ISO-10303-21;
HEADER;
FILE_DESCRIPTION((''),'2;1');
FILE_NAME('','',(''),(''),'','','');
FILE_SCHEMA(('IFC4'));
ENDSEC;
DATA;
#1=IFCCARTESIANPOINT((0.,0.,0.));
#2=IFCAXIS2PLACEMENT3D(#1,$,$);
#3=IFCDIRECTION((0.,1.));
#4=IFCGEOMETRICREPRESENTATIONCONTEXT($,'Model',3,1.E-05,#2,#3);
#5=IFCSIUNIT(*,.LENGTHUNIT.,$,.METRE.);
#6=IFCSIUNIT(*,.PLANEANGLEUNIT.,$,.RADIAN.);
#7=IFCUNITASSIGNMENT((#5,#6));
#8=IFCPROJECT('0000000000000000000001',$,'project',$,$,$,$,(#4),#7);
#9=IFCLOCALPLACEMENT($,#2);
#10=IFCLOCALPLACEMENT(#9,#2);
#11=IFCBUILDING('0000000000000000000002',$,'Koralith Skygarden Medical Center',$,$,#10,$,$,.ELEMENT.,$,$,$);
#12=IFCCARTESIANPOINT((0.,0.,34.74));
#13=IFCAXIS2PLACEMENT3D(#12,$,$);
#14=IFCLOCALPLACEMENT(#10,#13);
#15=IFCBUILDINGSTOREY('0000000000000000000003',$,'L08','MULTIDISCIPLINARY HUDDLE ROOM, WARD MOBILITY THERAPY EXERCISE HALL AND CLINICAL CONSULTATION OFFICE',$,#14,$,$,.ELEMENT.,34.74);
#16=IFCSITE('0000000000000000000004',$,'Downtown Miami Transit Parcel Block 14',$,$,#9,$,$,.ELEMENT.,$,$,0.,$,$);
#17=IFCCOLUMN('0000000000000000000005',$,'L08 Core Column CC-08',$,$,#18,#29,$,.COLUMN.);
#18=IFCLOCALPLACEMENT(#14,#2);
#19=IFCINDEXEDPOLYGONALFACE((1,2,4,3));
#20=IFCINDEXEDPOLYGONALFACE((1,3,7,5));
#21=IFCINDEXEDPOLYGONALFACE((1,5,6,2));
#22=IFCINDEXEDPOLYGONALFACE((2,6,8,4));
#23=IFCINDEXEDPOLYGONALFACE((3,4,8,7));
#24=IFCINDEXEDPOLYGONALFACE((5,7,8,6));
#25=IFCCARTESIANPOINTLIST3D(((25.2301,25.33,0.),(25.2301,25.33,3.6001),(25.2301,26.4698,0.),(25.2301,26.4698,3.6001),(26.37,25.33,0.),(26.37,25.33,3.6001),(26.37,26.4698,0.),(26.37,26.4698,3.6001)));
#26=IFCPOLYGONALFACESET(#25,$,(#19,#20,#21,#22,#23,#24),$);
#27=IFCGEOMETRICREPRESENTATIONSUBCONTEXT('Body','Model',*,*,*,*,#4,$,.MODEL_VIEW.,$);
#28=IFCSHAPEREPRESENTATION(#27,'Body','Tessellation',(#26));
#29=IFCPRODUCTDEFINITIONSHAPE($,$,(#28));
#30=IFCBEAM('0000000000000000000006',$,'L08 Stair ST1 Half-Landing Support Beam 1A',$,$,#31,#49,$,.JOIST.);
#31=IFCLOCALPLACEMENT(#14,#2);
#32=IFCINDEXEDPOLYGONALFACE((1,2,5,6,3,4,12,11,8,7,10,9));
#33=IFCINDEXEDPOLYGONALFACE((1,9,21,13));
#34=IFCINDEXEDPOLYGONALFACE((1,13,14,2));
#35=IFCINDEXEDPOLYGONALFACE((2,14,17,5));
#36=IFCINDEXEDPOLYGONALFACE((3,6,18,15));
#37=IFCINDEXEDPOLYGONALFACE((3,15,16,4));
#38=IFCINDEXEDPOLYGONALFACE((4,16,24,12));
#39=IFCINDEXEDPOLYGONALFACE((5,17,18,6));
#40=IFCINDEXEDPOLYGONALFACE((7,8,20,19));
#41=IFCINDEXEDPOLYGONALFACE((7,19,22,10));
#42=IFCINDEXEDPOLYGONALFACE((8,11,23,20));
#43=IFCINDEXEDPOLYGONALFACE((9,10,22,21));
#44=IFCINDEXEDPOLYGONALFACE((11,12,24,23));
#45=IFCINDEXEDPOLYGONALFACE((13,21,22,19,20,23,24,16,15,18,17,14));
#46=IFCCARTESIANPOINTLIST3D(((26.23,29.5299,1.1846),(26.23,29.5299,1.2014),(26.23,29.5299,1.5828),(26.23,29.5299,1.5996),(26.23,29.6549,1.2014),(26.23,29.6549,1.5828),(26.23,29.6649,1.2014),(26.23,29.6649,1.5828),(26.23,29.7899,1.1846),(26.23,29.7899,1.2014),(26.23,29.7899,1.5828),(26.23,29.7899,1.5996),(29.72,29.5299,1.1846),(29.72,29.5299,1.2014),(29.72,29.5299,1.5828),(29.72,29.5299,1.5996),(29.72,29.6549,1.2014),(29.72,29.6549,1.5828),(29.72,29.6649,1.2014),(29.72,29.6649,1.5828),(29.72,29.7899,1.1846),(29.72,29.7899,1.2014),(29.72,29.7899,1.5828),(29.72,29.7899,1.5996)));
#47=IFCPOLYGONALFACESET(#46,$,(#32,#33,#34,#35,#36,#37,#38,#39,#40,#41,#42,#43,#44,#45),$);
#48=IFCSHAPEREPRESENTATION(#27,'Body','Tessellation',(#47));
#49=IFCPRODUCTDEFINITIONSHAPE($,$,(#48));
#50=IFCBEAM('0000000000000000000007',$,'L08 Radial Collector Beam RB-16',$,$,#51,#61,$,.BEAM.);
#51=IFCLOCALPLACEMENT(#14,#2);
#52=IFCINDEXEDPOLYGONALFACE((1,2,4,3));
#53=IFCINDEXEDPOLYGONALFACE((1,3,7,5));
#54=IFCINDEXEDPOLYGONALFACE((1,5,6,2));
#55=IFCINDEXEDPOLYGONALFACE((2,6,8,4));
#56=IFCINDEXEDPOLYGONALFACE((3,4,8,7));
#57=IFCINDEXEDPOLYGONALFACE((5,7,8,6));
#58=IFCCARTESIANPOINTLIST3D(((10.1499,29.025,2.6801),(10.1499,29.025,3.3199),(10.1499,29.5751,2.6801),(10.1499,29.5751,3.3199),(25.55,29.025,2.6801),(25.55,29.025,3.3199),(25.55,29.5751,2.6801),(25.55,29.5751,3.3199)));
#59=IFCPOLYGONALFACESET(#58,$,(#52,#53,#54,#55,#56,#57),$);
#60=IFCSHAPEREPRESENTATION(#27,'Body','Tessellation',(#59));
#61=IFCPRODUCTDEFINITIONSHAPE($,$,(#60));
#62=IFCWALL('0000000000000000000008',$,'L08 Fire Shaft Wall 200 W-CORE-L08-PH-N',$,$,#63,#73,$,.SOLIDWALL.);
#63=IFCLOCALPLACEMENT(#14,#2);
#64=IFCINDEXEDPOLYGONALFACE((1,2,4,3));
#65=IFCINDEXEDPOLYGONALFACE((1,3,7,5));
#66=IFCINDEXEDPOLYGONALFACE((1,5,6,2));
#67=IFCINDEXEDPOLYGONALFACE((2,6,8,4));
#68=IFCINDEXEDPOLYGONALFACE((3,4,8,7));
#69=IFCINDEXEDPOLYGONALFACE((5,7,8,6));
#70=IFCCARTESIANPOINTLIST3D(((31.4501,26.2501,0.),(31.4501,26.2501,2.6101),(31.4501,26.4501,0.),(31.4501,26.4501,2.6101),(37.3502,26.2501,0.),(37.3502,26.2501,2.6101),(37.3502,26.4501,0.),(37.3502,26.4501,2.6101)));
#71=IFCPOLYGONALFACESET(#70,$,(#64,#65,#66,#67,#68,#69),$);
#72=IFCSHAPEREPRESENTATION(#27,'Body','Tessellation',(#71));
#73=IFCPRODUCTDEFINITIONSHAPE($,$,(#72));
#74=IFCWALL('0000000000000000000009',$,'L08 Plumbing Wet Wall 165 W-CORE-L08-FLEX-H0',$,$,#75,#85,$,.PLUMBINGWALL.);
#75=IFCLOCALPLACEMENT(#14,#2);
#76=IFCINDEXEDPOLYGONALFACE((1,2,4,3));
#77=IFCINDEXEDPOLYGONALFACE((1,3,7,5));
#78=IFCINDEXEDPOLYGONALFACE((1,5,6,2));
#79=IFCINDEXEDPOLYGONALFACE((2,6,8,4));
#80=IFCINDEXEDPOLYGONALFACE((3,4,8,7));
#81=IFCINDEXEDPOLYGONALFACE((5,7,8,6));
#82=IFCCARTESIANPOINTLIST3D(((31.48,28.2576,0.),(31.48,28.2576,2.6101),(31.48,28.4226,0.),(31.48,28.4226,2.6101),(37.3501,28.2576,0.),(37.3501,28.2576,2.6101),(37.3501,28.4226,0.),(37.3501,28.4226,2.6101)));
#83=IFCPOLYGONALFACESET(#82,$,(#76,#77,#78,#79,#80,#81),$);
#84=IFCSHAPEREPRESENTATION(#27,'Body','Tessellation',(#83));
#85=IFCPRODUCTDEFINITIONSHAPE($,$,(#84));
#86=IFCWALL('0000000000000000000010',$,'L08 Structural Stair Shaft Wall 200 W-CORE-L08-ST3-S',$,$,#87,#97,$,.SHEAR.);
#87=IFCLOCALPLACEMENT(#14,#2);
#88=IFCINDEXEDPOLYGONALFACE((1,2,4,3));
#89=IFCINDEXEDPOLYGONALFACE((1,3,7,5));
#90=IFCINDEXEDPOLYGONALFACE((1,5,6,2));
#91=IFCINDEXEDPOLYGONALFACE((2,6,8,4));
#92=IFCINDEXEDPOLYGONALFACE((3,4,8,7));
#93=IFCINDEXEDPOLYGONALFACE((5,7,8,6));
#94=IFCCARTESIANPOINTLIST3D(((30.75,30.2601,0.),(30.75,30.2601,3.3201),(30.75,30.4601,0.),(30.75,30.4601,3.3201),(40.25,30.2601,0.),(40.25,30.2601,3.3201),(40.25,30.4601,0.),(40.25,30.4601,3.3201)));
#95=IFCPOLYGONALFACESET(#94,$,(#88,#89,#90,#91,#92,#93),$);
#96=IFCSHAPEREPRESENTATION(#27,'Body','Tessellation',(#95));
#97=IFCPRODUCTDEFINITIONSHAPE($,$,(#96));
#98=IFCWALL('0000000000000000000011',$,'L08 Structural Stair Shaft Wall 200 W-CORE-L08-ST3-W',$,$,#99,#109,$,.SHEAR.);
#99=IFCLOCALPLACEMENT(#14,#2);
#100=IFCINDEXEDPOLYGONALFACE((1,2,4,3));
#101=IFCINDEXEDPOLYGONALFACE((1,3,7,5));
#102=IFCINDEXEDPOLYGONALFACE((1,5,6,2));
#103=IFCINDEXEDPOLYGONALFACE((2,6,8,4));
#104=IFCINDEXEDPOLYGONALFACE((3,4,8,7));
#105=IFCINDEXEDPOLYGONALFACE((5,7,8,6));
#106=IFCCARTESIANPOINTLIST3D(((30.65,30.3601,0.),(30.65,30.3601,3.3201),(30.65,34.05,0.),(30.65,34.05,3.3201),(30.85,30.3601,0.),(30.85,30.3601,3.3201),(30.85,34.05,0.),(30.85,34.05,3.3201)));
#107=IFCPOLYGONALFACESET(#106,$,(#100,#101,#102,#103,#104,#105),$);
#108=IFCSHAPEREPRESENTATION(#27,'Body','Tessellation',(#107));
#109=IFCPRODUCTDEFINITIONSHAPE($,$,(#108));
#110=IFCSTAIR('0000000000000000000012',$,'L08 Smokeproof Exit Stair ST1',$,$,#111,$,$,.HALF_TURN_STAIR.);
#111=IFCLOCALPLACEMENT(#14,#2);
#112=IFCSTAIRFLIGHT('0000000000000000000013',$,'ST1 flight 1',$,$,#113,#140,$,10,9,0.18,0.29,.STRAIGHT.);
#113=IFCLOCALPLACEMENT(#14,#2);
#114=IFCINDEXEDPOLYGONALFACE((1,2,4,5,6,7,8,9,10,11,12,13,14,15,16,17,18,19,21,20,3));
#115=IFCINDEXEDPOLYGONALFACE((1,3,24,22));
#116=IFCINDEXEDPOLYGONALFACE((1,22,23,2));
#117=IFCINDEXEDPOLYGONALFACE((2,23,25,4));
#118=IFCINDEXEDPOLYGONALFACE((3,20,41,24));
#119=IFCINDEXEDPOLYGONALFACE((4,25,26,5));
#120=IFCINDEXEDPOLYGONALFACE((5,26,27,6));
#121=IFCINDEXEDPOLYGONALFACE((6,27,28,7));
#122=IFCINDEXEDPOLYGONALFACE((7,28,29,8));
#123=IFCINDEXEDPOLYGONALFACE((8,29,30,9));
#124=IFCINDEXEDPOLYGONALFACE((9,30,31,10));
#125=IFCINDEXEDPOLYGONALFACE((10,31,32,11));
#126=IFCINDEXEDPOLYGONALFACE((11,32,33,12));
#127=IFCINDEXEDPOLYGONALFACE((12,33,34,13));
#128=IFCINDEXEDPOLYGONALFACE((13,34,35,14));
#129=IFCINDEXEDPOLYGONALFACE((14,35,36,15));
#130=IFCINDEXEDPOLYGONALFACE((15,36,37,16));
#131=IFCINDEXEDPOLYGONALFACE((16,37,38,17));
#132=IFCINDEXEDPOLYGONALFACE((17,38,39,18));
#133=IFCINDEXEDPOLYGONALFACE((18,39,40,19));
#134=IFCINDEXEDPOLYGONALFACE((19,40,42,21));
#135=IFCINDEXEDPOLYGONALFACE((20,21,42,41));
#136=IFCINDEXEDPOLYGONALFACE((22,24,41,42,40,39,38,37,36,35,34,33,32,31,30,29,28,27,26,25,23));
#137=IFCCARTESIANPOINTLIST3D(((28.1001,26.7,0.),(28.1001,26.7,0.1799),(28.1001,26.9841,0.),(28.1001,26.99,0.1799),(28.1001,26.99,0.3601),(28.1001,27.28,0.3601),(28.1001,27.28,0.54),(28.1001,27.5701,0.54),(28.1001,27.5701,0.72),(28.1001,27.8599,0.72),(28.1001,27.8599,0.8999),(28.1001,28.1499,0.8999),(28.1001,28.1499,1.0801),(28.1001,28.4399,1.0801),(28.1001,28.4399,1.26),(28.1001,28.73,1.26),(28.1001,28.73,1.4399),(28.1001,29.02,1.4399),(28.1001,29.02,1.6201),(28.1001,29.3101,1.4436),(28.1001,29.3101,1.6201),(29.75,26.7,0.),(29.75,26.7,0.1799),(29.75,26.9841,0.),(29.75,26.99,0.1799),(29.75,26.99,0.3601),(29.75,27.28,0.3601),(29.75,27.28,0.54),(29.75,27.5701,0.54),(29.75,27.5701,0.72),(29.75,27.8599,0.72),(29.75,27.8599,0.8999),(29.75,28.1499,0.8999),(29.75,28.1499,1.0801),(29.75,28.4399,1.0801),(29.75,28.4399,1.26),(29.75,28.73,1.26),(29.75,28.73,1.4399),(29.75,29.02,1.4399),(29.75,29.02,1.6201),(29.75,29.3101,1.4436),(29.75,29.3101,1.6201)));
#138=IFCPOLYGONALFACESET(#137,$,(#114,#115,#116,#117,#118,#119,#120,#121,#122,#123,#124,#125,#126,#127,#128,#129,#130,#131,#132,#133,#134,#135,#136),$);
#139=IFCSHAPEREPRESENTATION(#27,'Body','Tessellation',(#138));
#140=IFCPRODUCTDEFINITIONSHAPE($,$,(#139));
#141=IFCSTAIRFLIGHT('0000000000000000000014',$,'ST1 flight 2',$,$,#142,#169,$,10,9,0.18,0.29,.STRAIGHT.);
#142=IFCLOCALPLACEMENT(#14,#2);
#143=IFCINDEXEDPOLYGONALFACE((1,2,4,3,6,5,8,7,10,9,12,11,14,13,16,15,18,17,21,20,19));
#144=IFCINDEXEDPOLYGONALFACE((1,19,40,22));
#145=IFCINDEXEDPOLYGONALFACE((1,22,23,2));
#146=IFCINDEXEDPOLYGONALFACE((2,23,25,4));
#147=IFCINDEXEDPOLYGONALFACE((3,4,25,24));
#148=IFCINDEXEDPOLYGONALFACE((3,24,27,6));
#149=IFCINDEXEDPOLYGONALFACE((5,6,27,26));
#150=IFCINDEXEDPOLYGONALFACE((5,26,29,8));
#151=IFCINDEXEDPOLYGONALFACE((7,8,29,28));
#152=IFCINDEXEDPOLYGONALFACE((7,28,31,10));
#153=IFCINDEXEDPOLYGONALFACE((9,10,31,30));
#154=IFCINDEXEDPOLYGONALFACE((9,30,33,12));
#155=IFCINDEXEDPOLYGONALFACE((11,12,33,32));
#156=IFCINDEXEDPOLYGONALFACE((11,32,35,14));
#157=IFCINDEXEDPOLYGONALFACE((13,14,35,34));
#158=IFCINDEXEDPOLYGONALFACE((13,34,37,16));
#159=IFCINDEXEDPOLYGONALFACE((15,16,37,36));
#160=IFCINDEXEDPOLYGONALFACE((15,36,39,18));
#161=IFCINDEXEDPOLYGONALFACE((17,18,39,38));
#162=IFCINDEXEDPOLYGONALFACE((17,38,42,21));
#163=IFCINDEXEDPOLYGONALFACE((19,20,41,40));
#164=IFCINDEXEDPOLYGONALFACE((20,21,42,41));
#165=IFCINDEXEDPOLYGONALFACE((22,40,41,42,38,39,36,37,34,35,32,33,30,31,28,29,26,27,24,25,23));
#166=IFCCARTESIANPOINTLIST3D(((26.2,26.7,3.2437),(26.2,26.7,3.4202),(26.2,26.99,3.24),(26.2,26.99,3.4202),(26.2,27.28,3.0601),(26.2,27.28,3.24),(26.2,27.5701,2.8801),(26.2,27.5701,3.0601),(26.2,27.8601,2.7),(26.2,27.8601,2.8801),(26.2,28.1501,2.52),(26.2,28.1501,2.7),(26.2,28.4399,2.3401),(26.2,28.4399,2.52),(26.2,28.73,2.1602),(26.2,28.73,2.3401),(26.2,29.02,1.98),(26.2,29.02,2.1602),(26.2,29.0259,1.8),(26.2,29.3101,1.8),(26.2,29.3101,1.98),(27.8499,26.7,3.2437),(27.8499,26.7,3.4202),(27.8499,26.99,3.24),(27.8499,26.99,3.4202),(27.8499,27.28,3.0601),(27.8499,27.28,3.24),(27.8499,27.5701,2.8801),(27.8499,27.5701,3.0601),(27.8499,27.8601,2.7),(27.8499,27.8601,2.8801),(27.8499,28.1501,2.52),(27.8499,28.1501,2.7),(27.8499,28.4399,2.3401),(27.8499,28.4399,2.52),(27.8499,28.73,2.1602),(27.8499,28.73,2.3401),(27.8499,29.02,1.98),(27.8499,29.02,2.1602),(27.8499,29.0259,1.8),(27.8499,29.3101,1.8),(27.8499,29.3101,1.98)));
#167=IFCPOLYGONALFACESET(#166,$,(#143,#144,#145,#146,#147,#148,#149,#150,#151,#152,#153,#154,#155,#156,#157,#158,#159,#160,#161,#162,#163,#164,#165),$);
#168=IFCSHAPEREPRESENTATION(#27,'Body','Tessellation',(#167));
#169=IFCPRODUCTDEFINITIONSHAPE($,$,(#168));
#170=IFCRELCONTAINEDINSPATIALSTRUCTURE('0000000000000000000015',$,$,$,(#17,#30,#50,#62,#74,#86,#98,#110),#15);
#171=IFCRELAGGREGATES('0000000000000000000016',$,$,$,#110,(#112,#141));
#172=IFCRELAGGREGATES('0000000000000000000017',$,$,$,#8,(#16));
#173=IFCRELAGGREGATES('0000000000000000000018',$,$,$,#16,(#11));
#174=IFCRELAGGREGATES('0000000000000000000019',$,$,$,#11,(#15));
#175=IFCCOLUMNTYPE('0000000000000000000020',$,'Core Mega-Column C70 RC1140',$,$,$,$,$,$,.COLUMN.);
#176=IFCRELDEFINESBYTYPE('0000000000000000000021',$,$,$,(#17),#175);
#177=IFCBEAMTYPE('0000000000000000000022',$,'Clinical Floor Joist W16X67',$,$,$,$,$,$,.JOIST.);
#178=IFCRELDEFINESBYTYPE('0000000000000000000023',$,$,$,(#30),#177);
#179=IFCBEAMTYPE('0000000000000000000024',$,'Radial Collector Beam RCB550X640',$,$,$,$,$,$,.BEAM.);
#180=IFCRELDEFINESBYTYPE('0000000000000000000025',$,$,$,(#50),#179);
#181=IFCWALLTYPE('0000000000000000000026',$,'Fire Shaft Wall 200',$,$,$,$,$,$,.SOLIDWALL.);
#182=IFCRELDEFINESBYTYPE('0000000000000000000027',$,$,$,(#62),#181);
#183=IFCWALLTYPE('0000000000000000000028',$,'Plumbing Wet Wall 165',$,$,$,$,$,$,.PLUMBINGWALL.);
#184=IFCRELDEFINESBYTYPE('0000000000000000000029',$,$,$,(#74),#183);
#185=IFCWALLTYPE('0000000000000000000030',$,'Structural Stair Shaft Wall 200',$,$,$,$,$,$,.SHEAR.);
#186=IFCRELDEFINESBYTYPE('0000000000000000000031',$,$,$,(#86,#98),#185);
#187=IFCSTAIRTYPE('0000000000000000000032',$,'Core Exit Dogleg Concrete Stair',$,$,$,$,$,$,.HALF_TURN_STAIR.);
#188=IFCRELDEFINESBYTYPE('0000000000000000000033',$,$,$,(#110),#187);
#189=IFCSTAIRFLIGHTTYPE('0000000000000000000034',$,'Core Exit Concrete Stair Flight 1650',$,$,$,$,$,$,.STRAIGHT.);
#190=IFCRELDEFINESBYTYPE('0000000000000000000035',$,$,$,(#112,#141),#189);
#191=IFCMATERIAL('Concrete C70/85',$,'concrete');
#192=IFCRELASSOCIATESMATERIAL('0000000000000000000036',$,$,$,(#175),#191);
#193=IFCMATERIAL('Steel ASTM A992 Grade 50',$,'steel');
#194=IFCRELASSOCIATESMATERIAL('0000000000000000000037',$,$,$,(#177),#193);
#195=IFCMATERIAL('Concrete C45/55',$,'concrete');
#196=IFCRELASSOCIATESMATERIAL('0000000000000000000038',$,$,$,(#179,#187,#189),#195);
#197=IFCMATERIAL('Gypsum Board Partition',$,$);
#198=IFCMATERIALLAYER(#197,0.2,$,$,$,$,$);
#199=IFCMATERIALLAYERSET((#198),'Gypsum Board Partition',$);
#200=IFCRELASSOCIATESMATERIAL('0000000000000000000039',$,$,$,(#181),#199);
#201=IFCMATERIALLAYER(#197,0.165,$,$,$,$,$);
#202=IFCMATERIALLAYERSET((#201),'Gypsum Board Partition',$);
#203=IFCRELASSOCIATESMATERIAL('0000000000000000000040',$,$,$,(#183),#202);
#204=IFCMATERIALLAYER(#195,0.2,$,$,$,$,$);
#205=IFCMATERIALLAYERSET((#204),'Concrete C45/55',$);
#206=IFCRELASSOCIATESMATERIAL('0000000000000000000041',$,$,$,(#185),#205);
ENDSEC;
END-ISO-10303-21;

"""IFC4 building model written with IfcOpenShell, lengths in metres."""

from ifc_helpers import new_model, si_unit, direction, frame, frame_2d, origin, origin_2d, place, context, subcontext, project, spatial, polyline, rectangle, i_section, outline, extrude, material, layer, layer_set, material_profile, profile_set, type_object, element, aggregate, save


model = new_model("IFC4")

# Units and contexts
model_context = context("Model", 3, precision=1e-05, world=origin(), true_north=direction((0.0, 1.0)))
body_context = subcontext(model_context, "Body", "Model", "MODEL_VIEW")
ifc_project = project(units=[si_unit("LENGTHUNIT", "METRE"), si_unit("PLANEANGLEUNIT", "RADIAN")], contexts=[model_context])

# Site, building, storey
site_placement = place(None, origin())
site = spatial("IfcSite", under=ifc_project, at=site_placement, Name="Downtown Miami Transit Parcel Block 14", CompositionType="ELEMENT", RefElevation=0.0)
building_placement = place(site_placement, origin())
building = spatial("IfcBuilding", under=site, at=building_placement, Name="Koralith Skygarden Medical Center", CompositionType="ELEMENT")
storey_placement = place(building_placement, frame((0.0, 0.0, 34.74)))
storey = spatial("IfcBuildingStorey", under=building, at=storey_placement, Name="L08", Description="MULTIDISCIPLINARY HUDDLE ROOM, WARD MOBILITY THERAPY EXERCISE HALL AND CLINICAL CONSULTATION OFFICE", CompositionType="ELEMENT", Elevation=34.74)

# Column
ifc_material_1 = material(Name="Concrete C70/85", Category="concrete")
ifc_material_profile_1 = material_profile(ifc_material_1, rectangle(XDim=1.1399, YDim=1.1399, at=origin_2d()), Name="RC1140X1140")
ifc_profile_set_1 = profile_set([ifc_material_profile_1], Name="Concrete C70/85")
column_type = type_object("IfcColumnType", Name="Core Mega-Column C70 RC1140", PredefinedType="COLUMN", material=ifc_profile_set_1)
column_placement = place(storey_placement, frame((25.8, 25.8999, 0.0), z_axis=(0.0, 0.0, 1.0), x_axis=(1.0, 0.0, 0.0)))
element("IfcColumn", 1, at=column_placement, inside=storey, type_object=column_type, Name="L08 Core Column CC-08", PredefinedType="COLUMN", context=body_context, shape_type="SweptSolid", body=[
    extrude(rectangle(XDim=1.1399, YDim=1.1399, at=origin_2d()), origin(), (0.0, 0.0, 1.0), 3.6001),
])

# Beams
ifc_material_2 = material(Name="Steel ASTM A992 Grade 50", Category="steel")
ifc_material_profile_2 = material_profile(ifc_material_2, i_section(OverallWidth=0.26, OverallDepth=0.415, WebThickness=0.01, FlangeThickness=0.0168, at=origin_2d()), Name="W16X67")
ifc_profile_set_2 = profile_set([ifc_material_profile_2], Name="Steel ASTM A992 Grade 50")
beam_type_1 = type_object("IfcBeamType", Name="Clinical Floor Joist W16X67", PredefinedType="JOIST", material=ifc_profile_set_2)
beam_1_placement = place(storey_placement, frame((26.23, 29.6599, 1.3921), z_axis=(1.0, 0.0, 0.0), x_axis=(0.0, 1.0, 0.0)))
element("IfcBeam", 2, at=beam_1_placement, inside=storey, type_object=beam_type_1, Name="L08 Stair ST1 Half-Landing Support Beam 1A", PredefinedType="JOIST", context=body_context, shape_type="SweptSolid", body=[
    extrude(i_section(OverallWidth=0.26, OverallDepth=0.415, WebThickness=0.01, FlangeThickness=0.0168, at=origin_2d()), origin(), (0.0, 0.0, 1.0), 3.49),
])
ifc_material_3 = material(Name="Concrete C45/55", Category="concrete")
ifc_material_profile_3 = material_profile(ifc_material_3, rectangle(XDim=0.55, YDim=0.6399, at=origin_2d()), Name="RCB550X640")
ifc_profile_set_3 = profile_set([ifc_material_profile_3], Name="Concrete C45/55")
beam_type_2 = type_object("IfcBeamType", Name="Radial Collector Beam RCB550X640", PredefinedType="BEAM", material=ifc_profile_set_3)
beam_2_placement = place(storey_placement, frame((25.55, 29.3, 3.0), z_axis=(-1.0, 0.0, 0.0), x_axis=(0.0, -1.0, 0.0)))
element("IfcBeam", 3, at=beam_2_placement, inside=storey, type_object=beam_type_2, Name="L08 Radial Collector Beam RB-16", PredefinedType="BEAM", context=body_context, shape_type="SweptSolid", body=[
    extrude(rectangle(XDim=0.55, YDim=0.6399, at=origin_2d()), origin(), (0.0, 0.0, 1.0), 15.4001),
])

# Wall
ifc_material_4 = material(Name="Gypsum Board Partition")
ifc_layer_1 = layer(ifc_material_4, 0.2)
ifc_layer_set_1 = layer_set([ifc_layer_1], Name="Gypsum Board Partition")
wall_type_1 = type_object("IfcWallType", Name="Fire Shaft Wall 200", PredefinedType="SOLIDWALL", material=ifc_layer_set_1)
wall_1_placement = place(storey_placement, frame((31.45, 26.3501, 0.0), z_axis=(0.0, 0.0, 1.0), x_axis=(1.0, 0.0, 0.0)))
element("IfcWall", 4, at=wall_1_placement, inside=storey, type_object=wall_type_1, Name="L08 Fire Shaft Wall 200 W-CORE-L08-PH-N", PredefinedType="SOLIDWALL", context=body_context, shape_type="SweptSolid", body=[
    extrude(rectangle(XDim=5.9001, YDim=0.2, at=frame_2d((2.9502, 0.0))), origin(), (0.0, 0.0, 1.0), 2.6101),
])

# Shared definitions
ifc_layer_2 = layer(ifc_material_4, 0.165)
ifc_layer_set_2 = layer_set([ifc_layer_2], Name="Gypsum Board Partition")
wall_type_2 = type_object("IfcWallType", Name="Plumbing Wet Wall 165", PredefinedType="PLUMBINGWALL", material=ifc_layer_set_2)

# Walls
wall_2_placement = place(storey_placement, frame((31.48, 28.3401, 0.0), z_axis=(0.0, 0.0, 1.0), x_axis=(1.0, 0.0, 0.0)))
element("IfcWall", 5, at=wall_2_placement, inside=storey, type_object=wall_type_2, Name="L08 Plumbing Wet Wall 165 W-CORE-L08-FLEX-H0", PredefinedType="PLUMBINGWALL", context=body_context, shape_type="SweptSolid", body=[
    extrude(rectangle(XDim=5.8701, YDim=0.165, at=frame_2d((2.9351, 0.0))), origin(), (0.0, 0.0, 1.0), 2.6101),
])
ifc_layer_3 = layer(ifc_material_3, 0.2)
ifc_layer_set_3 = layer_set([ifc_layer_3], Name="Concrete C45/55")
wall_type_3 = type_object("IfcWallType", Name="Structural Stair Shaft Wall 200", PredefinedType="SHEAR", material=ifc_layer_set_3)
wall_3_placement = place(storey_placement, frame((30.75, 30.3601, 0.0), z_axis=(0.0, 0.0, 1.0), x_axis=(1.0, 0.0, 0.0)))
element("IfcWall", 6, at=wall_3_placement, inside=storey, type_object=wall_type_3, Name="L08 Structural Stair Shaft Wall 200 W-CORE-L08-ST3-S", PredefinedType="SHEAR", context=body_context, shape_type="SweptSolid", body=[
    extrude(rectangle(XDim=9.5, YDim=0.2, at=frame_2d((4.75, 0.0))), origin(), (0.0, 0.0, 1.0), 3.3201),
])
wall_4_placement = place(storey_placement, frame((30.75, 30.3601, 0.0), z_axis=(0.0, 0.0, 1.0), x_axis=(0.0, 1.0, 0.0)))
element("IfcWall", 7, at=wall_4_placement, inside=storey, type_object=wall_type_3, Name="L08 Structural Stair Shaft Wall 200 W-CORE-L08-ST3-W", PredefinedType="SHEAR", context=body_context, shape_type="SweptSolid", body=[
    extrude(rectangle(XDim=3.6899, YDim=0.2, at=frame_2d((1.845, 0.0))), origin(), (0.0, 0.0, 1.0), 3.3201),
])

# Stair, stair flights
stair_type = type_object("IfcStairType", Name="Core Exit Dogleg Concrete Stair", PredefinedType="HALF_TURN_STAIR", material=ifc_material_3)
stair_placement = place(storey_placement, origin())
stair = element("IfcStair", 8, at=stair_placement, inside=storey, type_object=stair_type, Name="L08 Smokeproof Exit Stair ST1", PredefinedType="HALF_TURN_STAIR")
stair_flight_type = type_object("IfcStairFlightType", Name="Core Exit Concrete Stair Flight 1650", PredefinedType="STRAIGHT", material=ifc_material_3)
stair_flight_1_placement = place(storey_placement, frame((28.925, 26.7, 0.0), z_axis=(0.0, 0.0, 1.0), x_axis=(0.0, 1.0, 0.0)))
stair_flight_1 = element("IfcStairFlight", 9, at=stair_flight_1_placement, type_object=stair_flight_type, Name="ST1 flight 1", NumberOfRisers=10, NumberOfTreads=9, PredefinedType="STRAIGHT", RiserHeight=0.18, TreadLength=0.29, context=body_context, shape_type="SweptSolid", body=[
    extrude(outline(polyline([(0.0, 0.0), (0.0, 0.1799), (0.29, 0.1799), (0.29, 0.3601), (0.5801, 0.3601), (0.5801, 0.54), (0.8701, 0.54), (0.8701, 0.72), (1.1599, 0.72), (1.1599, 0.8999), (1.45, 0.8999), (1.45, 1.0801), (1.74, 1.0801), (1.74, 1.26), (2.03, 1.26), (2.03, 1.4399), (2.3201, 1.4399), (2.3201, 1.6201), (2.6101, 1.6201), (2.6101, 1.8), (2.6101, 1.4436), (0.2842, 0.0), (0.0, 0.0)])), frame((0.0, 0.825, 0.0), z_axis=(0.0, -1.0, 0.0), x_axis=(1.0, 0.0, 0.0)), (0.0, 0.0, 1.0), 1.6499),
])
stair_flight_2_placement = place(storey_placement, frame((27.0249, 29.3101, 1.8), z_axis=(0.0, 0.0, 1.0), x_axis=(0.0, -1.0, 0.0)))
stair_flight_2 = element("IfcStairFlight", 10, at=stair_flight_2_placement, type_object=stair_flight_type, Name="ST1 flight 2", NumberOfRisers=10, NumberOfTreads=9, PredefinedType="STRAIGHT", RiserHeight=0.18, TreadLength=0.29, context=body_context, shape_type="SweptSolid", body=[
    extrude(outline(polyline([(0.0, 0.0), (0.0, 0.1799), (0.29, 0.1799), (0.29, 0.3601), (0.5801, 0.3601), (0.5801, 0.54), (0.8701, 0.54), (0.8701, 0.72), (1.1599, 0.72), (1.1599, 0.8999), (1.45, 0.8999), (1.45, 1.0801), (1.74, 1.0801), (1.74, 1.26), (2.03, 1.26), (2.03, 1.4399), (2.3201, 1.4399), (2.3201, 1.6201), (2.6101, 1.6201), (2.6101, 1.8), (2.6101, 1.4436), (0.2842, 0.0), (0.0, 0.0)])), frame((0.0, 0.825, 0.0), z_axis=(0.0, -1.0, 0.0), x_axis=(1.0, 0.0, 0.0)), (0.0, 0.0, 1.0), 1.6499),
])
aggregate(stair, [stair_flight_1, stair_flight_2])

save(model, "model.ifc")
